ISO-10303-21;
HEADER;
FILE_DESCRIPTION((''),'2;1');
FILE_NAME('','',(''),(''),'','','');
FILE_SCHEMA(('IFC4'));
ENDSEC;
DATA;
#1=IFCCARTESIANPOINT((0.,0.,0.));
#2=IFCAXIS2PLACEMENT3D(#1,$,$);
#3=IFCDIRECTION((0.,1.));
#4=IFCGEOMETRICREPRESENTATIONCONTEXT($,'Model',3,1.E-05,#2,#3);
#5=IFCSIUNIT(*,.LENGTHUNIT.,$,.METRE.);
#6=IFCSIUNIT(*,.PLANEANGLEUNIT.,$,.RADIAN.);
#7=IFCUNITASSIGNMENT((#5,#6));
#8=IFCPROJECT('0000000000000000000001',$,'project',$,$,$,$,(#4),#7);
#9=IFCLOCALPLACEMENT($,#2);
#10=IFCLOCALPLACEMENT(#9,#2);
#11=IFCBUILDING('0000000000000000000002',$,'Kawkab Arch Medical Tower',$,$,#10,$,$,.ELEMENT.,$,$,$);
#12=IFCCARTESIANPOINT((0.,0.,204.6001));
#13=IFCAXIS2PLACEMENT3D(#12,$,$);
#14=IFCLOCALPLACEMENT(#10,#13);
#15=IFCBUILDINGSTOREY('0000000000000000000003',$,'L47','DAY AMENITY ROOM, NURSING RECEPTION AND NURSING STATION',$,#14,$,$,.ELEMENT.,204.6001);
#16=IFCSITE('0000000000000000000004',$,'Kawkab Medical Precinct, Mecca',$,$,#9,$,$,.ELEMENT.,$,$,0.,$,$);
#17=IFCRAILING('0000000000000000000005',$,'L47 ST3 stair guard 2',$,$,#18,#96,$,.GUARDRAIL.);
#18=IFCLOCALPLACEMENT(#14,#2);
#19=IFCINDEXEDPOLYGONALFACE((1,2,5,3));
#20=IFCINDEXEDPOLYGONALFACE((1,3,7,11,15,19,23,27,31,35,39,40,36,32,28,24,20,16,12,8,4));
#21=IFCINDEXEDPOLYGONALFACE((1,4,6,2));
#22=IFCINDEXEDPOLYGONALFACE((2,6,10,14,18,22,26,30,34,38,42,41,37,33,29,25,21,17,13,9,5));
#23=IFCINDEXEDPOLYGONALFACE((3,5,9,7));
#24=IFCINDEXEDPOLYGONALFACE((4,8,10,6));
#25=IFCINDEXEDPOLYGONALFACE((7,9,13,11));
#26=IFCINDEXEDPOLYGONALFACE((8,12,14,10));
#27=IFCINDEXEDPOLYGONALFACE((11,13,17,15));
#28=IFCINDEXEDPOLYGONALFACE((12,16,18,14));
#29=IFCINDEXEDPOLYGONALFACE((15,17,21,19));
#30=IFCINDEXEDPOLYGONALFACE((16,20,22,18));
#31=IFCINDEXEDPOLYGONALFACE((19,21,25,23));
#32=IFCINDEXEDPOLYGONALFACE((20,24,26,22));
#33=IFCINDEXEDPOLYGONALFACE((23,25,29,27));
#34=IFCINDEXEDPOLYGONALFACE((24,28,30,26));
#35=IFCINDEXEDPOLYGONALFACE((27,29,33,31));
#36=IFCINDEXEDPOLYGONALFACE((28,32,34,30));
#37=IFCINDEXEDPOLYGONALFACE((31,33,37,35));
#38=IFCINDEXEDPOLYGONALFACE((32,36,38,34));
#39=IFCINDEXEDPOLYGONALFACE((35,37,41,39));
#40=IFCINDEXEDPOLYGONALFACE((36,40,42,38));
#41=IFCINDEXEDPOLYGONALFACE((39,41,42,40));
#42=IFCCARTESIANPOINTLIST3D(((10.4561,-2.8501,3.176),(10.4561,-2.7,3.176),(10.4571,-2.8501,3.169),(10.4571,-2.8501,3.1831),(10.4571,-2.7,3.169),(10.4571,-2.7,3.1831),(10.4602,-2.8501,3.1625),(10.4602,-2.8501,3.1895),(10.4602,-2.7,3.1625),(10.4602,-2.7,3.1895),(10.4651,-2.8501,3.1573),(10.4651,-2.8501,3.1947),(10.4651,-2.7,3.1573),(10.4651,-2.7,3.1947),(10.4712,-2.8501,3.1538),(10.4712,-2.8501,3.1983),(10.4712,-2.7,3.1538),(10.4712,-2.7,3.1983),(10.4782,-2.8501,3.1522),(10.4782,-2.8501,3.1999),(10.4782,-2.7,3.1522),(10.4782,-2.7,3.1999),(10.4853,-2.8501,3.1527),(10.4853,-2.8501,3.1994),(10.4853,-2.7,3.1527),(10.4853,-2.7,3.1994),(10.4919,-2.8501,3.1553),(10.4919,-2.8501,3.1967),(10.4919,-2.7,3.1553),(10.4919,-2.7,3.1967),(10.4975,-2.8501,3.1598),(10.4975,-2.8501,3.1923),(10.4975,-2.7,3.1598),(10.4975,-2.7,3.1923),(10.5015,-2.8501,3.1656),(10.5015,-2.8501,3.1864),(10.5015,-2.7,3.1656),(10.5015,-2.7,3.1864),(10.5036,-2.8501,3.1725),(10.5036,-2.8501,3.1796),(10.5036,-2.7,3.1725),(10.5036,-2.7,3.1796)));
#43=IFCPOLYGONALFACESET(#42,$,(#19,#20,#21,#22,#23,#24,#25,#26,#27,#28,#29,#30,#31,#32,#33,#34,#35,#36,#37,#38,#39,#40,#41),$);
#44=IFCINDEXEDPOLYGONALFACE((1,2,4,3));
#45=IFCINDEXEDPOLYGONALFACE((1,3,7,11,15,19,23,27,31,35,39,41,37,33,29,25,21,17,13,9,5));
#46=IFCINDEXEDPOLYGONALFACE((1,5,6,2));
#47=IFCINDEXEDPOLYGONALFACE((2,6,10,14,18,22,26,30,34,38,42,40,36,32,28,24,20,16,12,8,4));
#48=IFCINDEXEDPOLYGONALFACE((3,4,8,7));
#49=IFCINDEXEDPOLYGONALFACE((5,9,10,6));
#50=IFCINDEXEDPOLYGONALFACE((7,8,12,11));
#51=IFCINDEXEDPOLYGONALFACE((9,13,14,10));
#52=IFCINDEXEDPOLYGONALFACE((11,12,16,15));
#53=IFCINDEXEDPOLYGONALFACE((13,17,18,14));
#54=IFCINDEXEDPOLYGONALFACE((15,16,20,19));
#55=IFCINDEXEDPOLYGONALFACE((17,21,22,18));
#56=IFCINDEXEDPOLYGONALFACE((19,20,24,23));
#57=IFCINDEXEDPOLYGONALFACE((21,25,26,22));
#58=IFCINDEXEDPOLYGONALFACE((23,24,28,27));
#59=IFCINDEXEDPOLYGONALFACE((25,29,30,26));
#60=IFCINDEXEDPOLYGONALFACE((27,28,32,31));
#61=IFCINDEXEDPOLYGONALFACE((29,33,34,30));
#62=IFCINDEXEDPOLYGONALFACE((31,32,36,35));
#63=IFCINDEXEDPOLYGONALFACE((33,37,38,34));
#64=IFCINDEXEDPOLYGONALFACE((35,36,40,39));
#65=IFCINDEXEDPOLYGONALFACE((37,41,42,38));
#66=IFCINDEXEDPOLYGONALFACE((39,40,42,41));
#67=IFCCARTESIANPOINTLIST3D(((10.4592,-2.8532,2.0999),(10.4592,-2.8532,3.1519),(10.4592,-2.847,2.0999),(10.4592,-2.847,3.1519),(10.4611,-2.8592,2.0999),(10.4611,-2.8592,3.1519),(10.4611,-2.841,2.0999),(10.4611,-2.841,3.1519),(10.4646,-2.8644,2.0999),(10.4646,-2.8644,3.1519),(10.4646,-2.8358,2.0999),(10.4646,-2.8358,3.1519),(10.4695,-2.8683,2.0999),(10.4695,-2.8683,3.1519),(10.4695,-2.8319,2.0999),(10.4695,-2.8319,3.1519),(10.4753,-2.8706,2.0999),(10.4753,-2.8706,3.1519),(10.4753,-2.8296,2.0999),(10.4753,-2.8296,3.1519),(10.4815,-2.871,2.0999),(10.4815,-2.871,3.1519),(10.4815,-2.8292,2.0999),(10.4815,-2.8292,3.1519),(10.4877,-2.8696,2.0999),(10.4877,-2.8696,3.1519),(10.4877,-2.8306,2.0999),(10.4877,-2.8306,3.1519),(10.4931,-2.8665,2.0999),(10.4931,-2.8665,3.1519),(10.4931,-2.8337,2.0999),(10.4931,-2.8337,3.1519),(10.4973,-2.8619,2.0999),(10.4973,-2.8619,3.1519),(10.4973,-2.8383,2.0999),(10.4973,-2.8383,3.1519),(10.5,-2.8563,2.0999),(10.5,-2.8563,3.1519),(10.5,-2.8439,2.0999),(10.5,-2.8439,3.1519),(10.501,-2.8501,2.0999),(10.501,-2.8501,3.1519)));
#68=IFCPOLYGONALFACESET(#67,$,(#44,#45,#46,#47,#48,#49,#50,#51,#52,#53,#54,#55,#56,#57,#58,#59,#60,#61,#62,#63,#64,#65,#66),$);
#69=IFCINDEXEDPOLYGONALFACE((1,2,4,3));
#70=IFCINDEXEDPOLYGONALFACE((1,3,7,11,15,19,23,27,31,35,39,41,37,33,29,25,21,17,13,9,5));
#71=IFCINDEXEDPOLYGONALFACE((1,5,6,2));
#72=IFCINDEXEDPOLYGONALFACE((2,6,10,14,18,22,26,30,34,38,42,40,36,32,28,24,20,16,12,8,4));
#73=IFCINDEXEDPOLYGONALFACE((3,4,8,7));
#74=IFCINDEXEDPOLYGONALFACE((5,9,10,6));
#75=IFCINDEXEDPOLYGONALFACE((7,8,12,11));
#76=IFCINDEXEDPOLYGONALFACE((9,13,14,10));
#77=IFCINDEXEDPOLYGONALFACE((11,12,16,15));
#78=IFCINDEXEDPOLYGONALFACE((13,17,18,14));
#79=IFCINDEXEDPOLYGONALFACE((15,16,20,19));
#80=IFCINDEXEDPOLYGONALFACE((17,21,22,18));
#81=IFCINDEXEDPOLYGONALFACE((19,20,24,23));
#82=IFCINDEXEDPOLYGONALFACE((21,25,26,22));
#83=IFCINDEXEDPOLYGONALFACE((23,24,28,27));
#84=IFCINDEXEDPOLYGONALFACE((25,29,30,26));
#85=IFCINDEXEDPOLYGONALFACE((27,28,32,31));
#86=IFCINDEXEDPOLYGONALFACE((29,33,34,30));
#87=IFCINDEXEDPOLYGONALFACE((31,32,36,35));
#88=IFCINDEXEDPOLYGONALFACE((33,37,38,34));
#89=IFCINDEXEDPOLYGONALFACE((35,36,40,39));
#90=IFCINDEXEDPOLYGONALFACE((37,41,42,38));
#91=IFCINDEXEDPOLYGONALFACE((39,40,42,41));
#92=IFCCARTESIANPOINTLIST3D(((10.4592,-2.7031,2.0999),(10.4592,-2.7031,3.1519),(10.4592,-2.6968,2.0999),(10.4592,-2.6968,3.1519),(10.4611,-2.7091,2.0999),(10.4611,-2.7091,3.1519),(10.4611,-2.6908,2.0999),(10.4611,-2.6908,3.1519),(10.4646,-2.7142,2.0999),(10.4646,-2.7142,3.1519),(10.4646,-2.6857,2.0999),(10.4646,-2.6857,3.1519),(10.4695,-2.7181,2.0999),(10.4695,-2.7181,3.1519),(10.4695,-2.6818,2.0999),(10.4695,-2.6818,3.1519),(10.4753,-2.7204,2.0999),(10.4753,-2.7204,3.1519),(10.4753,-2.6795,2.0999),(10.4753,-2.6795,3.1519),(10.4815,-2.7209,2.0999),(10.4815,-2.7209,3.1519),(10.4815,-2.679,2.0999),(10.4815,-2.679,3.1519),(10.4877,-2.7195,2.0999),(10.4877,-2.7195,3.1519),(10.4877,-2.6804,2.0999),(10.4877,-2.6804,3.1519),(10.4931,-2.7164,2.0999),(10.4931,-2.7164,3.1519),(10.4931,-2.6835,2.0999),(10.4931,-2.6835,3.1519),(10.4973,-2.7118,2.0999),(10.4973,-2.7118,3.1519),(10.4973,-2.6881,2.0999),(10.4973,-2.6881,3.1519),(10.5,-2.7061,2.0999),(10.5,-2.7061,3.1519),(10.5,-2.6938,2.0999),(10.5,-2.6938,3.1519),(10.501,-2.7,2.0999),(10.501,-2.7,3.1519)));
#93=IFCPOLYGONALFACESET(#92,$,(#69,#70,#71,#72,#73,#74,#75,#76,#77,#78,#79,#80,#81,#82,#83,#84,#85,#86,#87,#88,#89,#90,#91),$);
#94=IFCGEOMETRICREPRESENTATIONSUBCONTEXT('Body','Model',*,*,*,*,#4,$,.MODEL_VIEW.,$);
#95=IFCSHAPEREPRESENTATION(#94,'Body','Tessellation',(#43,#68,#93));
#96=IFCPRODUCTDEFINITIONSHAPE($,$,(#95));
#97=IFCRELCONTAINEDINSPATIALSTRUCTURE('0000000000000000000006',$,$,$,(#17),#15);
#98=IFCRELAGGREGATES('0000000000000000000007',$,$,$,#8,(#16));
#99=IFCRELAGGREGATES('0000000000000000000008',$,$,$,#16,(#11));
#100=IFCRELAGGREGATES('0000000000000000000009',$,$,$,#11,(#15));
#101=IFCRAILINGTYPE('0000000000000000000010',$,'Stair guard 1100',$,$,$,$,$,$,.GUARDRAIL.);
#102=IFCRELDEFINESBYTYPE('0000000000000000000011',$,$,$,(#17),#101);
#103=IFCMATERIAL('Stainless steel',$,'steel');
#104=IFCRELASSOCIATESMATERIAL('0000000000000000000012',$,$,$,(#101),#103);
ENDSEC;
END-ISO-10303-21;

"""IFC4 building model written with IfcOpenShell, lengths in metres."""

from ifc_helpers import new_model, si_unit, direction, frame, origin, origin_2d, place, context, subcontext, project, spatial, circle, extrude, material, type_object, element, save


model = new_model("IFC4")

# Units and contexts
model_context = context("Model", 3, precision=1e-05, world=origin(), true_north=direction((0.0, 1.0)))
body_context = subcontext(model_context, "Body", "Model", "MODEL_VIEW")
ifc_project = project(units=[si_unit("LENGTHUNIT", "METRE"), si_unit("PLANEANGLEUNIT", "RADIAN")], contexts=[model_context])

# Site, building, storey
site_placement = place(None, origin())
site = spatial("IfcSite", under=ifc_project, at=site_placement, Name="Kawkab Medical Precinct, Mecca", CompositionType="ELEMENT", RefElevation=0.0)
building_placement = place(site_placement, origin())
building = spatial("IfcBuilding", under=site, at=building_placement, Name="Kawkab Arch Medical Tower", CompositionType="ELEMENT")
storey_placement = place(building_placement, frame((0.0, 0.0, 204.6001)))
storey = spatial("IfcBuildingStorey", under=building, at=storey_placement, Name="L47", Description="DAY AMENITY ROOM, NURSING RECEPTION AND NURSING STATION", CompositionType="ELEMENT", Elevation=204.6001)

# Railing
ifc_material_1 = material(Name="Stainless steel", Category="steel")
railing_type_1 = type_object("IfcRailingType", Name="Stair guard 1100", PredefinedType="GUARDRAIL", material=ifc_material_1)
railing_1_placement = place(storey_placement, frame((10.48, -2.8501, 2.0999)))
element("IfcRailing", 1, at=railing_1_placement, inside=storey, type_object=railing_type_1, Name="L47 ST3 stair guard 2", PredefinedType="GUARDRAIL", context=body_context, shape_type="SweptSolid", body=[
    extrude(circle(Radius=0.0239, at=origin_2d()), frame((0.0, 0.0, 1.0762), z_axis=(0.0, 1.0, 0.0), x_axis=(-1.0, 0.0, 0.0)), (0.0, 0.0, 1.0), 0.1501),
    extrude(circle(Radius=0.021, at=origin_2d()), origin(), (0.0, 0.0, 1.0), 1.052),
    extrude(circle(Radius=0.021, at=origin_2d()), frame((0.0, 0.1501, 0.0)), (0.0, 0.0, 1.0), 1.052),
])

save(model, "model.ifc")
